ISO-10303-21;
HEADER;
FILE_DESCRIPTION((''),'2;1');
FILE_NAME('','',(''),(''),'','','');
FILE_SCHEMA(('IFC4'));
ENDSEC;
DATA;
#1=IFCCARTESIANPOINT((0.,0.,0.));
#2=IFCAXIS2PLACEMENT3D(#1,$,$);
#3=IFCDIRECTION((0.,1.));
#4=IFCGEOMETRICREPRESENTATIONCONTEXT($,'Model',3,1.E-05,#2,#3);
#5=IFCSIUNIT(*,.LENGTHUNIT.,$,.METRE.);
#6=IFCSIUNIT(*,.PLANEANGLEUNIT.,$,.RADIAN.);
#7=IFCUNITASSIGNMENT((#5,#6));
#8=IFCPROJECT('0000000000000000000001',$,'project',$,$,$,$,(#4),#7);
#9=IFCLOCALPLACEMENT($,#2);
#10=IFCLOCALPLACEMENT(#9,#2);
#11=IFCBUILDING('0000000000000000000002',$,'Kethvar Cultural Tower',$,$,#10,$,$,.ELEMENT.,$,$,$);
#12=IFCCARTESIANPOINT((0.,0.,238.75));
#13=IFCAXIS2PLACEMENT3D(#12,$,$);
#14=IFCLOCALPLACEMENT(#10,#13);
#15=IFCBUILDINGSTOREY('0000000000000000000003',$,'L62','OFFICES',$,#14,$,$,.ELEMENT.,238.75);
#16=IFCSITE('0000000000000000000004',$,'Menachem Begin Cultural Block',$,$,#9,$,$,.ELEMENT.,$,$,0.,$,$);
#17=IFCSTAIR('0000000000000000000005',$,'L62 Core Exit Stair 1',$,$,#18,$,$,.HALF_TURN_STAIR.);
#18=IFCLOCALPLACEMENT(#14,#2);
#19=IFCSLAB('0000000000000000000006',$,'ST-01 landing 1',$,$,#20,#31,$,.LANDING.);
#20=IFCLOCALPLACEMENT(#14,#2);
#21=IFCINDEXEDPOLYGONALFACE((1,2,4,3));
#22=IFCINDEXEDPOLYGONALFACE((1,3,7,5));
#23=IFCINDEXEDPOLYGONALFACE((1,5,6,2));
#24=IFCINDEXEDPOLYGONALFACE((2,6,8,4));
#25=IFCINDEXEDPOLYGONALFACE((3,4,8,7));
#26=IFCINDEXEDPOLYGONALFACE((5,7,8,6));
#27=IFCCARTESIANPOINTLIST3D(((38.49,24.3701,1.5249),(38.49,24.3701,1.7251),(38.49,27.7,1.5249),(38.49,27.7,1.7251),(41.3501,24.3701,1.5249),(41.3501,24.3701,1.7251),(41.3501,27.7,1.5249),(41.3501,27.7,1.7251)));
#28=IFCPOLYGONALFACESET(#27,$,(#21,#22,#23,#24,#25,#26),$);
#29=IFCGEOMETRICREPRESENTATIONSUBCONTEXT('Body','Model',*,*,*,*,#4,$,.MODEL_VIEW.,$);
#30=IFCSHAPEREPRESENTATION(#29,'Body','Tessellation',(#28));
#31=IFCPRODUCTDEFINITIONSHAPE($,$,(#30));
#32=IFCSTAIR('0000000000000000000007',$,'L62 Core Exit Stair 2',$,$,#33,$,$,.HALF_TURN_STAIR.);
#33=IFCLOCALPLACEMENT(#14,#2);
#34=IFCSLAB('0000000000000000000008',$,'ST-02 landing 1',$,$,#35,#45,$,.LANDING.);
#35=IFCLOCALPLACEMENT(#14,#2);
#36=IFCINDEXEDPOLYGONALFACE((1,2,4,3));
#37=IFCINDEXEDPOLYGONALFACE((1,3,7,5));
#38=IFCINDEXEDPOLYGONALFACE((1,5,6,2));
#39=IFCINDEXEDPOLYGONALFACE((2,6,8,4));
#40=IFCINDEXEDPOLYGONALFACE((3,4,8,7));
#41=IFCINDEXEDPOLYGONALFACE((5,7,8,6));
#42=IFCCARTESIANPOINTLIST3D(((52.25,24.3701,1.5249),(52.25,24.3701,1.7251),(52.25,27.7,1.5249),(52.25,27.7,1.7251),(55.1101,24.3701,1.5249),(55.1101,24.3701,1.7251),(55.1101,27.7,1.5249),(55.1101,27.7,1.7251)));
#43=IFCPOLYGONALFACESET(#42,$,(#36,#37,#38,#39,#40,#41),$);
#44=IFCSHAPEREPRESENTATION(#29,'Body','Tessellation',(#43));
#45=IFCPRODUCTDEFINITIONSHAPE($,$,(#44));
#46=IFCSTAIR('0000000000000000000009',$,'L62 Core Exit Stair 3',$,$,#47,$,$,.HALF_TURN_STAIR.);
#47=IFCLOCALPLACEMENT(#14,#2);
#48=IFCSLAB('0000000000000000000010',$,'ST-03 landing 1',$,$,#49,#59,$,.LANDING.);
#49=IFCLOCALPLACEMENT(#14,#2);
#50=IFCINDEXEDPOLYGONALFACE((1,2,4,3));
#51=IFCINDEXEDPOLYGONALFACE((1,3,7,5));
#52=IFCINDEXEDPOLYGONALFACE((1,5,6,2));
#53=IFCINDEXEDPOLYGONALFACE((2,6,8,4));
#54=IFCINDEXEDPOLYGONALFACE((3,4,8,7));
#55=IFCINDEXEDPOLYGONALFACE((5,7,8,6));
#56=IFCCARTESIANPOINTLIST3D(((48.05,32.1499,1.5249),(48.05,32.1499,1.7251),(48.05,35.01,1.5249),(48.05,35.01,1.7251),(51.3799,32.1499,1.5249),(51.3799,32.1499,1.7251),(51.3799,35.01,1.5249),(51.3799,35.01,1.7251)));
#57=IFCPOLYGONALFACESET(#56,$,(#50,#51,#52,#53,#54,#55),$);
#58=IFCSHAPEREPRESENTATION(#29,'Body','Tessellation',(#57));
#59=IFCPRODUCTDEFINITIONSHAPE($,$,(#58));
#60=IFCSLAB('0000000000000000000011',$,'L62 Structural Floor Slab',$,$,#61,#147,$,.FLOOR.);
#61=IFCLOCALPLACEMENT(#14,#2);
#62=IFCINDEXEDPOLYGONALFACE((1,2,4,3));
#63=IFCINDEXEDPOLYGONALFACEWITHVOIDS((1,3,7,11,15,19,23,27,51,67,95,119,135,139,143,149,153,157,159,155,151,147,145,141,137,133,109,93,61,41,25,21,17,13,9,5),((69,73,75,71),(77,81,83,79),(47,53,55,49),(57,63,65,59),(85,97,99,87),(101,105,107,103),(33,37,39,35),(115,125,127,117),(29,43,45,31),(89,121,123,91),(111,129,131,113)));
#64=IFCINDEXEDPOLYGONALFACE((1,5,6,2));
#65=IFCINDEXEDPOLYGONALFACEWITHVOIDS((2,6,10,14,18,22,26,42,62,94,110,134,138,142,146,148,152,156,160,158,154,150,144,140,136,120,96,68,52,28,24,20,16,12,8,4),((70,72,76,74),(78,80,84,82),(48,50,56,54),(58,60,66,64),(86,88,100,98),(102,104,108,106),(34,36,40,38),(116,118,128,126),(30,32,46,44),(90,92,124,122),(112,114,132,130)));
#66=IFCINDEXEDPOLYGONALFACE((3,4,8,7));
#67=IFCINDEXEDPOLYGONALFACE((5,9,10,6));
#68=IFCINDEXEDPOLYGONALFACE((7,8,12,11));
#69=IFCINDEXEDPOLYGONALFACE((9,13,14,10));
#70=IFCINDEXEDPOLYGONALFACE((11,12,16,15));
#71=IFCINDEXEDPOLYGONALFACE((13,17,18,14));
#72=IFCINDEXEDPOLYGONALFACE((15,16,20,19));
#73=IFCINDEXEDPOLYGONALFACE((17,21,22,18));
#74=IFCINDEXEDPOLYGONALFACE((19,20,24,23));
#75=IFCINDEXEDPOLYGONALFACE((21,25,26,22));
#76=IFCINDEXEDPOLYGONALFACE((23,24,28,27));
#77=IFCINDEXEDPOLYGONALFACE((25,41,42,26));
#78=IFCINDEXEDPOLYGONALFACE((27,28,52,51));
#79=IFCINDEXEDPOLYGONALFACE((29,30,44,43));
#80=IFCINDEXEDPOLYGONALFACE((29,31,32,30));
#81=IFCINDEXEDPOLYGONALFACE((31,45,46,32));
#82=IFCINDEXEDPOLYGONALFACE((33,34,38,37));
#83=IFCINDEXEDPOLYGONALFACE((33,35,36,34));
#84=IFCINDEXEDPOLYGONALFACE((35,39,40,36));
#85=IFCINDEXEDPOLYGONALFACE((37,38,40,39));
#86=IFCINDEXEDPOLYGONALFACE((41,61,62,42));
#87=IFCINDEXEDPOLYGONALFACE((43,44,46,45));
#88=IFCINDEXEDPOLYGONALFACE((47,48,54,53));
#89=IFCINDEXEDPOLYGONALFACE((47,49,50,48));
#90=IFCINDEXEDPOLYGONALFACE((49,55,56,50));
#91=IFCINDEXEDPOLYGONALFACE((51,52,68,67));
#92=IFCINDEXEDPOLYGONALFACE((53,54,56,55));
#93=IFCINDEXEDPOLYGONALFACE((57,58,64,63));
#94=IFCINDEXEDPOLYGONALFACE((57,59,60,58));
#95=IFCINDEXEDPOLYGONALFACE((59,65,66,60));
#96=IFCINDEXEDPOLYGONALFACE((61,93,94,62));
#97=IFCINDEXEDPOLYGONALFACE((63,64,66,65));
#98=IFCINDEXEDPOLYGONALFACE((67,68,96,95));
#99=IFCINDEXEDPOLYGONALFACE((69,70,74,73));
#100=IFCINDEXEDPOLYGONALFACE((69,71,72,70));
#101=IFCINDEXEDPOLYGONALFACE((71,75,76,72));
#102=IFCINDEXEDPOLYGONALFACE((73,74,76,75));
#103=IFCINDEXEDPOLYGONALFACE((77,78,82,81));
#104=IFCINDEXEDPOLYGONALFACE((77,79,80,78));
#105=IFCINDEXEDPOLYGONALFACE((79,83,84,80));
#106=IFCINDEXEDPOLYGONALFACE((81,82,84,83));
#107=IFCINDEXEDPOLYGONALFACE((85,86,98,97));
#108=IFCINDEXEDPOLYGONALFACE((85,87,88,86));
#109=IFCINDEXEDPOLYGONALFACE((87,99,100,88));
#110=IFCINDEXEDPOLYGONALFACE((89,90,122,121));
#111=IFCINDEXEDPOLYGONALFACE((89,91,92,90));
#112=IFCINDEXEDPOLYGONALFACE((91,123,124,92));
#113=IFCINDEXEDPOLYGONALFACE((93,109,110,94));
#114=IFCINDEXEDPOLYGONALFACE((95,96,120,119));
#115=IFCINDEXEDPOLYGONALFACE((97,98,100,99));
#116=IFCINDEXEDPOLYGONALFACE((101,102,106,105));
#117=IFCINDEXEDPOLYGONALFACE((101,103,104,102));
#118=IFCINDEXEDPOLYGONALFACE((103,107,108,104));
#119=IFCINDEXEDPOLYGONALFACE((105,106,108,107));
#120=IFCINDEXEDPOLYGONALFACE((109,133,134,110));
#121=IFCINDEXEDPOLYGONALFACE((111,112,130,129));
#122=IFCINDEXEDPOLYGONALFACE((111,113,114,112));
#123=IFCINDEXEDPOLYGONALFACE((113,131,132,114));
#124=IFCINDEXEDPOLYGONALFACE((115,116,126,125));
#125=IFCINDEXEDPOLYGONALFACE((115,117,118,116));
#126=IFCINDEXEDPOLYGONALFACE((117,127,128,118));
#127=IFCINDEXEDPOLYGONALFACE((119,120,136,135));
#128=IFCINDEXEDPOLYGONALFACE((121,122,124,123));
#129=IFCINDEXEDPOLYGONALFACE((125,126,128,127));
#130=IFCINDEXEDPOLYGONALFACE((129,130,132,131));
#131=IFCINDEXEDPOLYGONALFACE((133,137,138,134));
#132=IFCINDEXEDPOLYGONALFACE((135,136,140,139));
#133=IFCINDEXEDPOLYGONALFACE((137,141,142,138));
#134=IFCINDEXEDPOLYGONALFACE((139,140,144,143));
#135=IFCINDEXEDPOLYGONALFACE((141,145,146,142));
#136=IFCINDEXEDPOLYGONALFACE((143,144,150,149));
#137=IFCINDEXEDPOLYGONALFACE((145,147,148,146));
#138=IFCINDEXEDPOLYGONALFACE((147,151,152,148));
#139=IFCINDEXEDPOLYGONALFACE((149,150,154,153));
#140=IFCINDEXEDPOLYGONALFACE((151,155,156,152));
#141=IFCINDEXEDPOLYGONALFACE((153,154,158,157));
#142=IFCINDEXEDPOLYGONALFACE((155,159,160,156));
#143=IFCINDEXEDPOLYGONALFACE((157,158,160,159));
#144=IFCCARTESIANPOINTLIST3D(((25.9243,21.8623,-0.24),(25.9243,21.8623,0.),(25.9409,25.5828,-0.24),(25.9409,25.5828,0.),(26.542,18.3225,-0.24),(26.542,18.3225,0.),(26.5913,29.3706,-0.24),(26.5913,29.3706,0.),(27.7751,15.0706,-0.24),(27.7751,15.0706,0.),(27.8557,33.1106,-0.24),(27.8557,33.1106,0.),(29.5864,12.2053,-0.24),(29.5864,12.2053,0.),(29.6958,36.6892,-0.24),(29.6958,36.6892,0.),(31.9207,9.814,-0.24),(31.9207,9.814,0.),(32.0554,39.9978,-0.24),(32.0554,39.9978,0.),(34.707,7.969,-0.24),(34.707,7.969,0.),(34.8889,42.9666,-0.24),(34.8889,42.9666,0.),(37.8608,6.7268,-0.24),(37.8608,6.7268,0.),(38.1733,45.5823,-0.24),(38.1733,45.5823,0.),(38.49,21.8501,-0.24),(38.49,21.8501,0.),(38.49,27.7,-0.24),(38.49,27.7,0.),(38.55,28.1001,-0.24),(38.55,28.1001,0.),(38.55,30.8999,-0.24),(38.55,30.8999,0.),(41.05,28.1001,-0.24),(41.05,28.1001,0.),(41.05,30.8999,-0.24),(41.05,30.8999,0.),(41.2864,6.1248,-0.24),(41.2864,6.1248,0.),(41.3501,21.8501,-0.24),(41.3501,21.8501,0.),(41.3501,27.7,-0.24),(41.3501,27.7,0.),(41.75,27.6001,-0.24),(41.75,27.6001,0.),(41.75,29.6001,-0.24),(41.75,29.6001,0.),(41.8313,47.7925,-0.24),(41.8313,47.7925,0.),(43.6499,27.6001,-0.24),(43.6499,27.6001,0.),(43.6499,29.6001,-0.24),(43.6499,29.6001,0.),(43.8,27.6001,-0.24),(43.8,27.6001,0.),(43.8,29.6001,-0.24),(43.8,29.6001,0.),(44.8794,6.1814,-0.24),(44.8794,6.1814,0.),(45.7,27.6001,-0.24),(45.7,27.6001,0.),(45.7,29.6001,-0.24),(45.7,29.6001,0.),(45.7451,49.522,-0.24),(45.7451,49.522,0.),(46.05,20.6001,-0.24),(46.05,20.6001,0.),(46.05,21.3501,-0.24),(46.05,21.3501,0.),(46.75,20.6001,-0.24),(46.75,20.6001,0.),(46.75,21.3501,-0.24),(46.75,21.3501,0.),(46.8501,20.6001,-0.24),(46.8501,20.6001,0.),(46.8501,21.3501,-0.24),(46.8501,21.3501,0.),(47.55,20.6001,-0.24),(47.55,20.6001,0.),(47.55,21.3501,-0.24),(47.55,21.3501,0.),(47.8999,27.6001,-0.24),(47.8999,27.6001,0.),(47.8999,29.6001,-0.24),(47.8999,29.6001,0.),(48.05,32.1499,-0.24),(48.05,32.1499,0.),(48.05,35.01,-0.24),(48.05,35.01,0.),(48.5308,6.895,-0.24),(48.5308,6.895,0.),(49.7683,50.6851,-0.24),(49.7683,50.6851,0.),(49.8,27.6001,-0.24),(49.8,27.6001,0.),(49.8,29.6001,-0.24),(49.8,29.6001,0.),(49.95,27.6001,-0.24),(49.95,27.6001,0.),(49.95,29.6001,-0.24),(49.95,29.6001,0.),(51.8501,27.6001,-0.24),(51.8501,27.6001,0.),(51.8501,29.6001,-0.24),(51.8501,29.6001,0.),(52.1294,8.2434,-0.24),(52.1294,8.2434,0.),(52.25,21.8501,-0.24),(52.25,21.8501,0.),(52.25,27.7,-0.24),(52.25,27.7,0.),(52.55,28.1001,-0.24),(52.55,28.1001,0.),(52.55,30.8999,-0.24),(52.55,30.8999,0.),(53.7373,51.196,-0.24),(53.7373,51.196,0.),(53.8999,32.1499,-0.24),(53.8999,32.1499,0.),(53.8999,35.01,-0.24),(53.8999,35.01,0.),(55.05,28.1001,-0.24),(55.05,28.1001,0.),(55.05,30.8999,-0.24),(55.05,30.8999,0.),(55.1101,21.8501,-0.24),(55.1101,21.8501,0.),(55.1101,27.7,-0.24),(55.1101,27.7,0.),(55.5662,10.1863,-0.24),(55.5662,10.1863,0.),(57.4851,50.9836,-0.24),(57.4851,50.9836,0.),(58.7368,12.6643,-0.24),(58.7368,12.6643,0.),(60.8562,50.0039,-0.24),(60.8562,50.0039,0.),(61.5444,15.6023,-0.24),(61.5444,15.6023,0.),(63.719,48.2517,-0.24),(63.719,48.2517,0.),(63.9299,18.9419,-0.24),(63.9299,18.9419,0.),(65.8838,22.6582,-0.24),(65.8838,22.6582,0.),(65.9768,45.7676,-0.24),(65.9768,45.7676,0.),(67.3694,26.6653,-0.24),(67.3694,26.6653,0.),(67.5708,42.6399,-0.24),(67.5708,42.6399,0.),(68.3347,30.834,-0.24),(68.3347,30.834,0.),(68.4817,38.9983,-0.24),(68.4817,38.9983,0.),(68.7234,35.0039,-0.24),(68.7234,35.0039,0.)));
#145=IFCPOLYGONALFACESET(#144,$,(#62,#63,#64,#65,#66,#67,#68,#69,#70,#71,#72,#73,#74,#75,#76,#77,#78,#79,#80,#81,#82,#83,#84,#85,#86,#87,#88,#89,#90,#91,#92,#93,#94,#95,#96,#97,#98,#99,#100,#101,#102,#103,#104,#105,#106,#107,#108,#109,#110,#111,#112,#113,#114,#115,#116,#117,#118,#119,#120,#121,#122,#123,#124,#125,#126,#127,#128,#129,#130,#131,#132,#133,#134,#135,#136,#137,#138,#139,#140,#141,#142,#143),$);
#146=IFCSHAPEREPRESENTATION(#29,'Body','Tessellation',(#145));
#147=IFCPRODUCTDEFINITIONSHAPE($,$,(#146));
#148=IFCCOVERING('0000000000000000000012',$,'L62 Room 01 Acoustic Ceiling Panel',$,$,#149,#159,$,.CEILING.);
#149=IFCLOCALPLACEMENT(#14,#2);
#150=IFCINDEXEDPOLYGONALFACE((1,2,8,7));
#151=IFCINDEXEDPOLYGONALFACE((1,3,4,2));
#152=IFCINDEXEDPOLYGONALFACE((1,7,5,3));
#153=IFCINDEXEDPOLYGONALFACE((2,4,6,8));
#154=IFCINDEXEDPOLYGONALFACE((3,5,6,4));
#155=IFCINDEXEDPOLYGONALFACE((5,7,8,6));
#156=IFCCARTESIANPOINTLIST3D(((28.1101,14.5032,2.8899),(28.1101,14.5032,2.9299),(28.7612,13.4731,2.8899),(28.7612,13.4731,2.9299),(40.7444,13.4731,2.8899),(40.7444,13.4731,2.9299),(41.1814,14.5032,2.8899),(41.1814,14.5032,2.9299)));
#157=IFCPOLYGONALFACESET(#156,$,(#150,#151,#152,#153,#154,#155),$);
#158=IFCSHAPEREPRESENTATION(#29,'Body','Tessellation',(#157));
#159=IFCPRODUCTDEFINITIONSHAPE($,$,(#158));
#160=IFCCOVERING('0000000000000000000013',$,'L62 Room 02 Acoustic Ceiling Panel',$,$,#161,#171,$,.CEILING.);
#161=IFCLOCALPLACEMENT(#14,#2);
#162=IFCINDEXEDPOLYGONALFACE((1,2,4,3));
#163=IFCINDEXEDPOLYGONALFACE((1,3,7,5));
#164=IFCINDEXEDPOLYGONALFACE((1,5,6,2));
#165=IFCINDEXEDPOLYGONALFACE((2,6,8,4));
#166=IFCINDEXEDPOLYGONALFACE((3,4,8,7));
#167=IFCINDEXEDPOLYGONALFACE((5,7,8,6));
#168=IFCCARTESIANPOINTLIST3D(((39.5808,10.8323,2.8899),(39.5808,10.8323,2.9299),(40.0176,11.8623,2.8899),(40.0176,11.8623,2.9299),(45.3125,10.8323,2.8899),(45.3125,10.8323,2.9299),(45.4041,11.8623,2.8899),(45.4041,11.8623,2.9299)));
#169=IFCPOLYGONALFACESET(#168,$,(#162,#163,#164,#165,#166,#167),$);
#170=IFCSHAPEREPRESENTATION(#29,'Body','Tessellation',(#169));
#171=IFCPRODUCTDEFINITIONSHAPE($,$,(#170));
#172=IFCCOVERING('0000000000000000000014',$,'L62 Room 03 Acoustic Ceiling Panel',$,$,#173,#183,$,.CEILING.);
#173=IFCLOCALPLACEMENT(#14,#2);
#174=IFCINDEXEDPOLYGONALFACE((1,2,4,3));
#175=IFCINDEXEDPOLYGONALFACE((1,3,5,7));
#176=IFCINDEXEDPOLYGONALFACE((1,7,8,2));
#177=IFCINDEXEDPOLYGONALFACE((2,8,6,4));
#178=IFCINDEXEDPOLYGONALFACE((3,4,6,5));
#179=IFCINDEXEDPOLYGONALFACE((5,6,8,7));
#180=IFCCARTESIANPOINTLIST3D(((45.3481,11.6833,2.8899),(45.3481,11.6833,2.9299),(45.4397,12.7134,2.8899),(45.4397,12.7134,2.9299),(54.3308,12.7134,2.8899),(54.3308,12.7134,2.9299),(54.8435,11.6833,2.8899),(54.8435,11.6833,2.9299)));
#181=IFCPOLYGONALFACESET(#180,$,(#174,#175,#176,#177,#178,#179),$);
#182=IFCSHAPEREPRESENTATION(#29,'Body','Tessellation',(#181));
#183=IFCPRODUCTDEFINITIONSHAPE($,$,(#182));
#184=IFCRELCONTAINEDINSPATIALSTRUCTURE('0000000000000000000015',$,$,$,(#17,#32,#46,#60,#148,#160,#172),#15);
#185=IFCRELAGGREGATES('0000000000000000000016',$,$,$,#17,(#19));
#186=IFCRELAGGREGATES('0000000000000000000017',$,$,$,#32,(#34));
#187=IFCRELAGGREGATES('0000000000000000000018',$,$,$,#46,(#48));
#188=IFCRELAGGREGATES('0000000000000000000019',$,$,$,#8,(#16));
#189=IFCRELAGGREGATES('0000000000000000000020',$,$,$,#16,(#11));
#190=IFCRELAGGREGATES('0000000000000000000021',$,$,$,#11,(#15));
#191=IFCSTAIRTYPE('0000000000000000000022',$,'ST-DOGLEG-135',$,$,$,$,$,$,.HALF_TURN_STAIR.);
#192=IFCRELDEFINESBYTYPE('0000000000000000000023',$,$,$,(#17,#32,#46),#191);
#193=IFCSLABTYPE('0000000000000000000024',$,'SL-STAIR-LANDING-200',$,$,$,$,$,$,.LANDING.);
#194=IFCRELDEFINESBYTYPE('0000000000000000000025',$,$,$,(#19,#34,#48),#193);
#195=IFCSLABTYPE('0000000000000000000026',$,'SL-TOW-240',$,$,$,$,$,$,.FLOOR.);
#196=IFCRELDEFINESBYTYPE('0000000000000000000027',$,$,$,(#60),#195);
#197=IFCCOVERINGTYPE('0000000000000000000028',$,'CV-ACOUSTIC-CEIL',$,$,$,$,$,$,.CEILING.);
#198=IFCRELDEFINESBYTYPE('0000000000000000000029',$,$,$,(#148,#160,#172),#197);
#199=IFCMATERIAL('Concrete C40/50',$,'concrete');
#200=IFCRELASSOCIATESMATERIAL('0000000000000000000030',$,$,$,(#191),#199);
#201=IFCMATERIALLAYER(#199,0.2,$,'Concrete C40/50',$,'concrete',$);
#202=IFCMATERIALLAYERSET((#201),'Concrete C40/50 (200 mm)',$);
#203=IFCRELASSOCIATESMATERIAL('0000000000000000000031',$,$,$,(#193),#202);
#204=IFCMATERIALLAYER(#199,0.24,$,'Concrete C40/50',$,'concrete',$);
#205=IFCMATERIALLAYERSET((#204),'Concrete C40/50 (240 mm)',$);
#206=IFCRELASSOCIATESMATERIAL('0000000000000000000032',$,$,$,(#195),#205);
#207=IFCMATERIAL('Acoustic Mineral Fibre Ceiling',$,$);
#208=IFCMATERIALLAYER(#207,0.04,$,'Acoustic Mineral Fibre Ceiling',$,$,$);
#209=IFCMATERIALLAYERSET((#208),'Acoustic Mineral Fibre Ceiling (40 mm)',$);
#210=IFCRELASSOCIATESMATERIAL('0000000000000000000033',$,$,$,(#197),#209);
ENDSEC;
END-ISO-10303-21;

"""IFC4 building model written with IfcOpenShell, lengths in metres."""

from ifc_helpers import new_model, si_unit, direction, frame, origin, place, context, subcontext, project, spatial, polyline, outline, extrude, material, layer, layer_set, type_object, element, aggregate, save


model = new_model("IFC4")

# Units and contexts
model_context = context("Model", 3, precision=1e-05, world=origin(), true_north=direction((0.0, 1.0)))
body_context = subcontext(model_context, "Body", "Model", "MODEL_VIEW")
ifc_project = project(units=[si_unit("LENGTHUNIT", "METRE"), si_unit("PLANEANGLEUNIT", "RADIAN")], contexts=[model_context])

# Site, building, storey
site_placement = place(None, origin())
site = spatial("IfcSite", under=ifc_project, at=site_placement, Name="Menachem Begin Cultural Block", CompositionType="ELEMENT", RefElevation=0.0)
building_placement = place(site_placement, origin())
building = spatial("IfcBuilding", under=site, at=building_placement, Name="Kethvar Cultural Tower", CompositionType="ELEMENT")
storey_placement = place(building_placement, frame((0.0, 0.0, 238.75)))
storey = spatial("IfcBuildingStorey", under=building, at=storey_placement, Name="L62", Description="OFFICES", CompositionType="ELEMENT", Elevation=238.75)

# Stairs, slabs
ifc_material_1 = material(Name="Concrete C40/50", Category="concrete")
stair_type = type_object("IfcStairType", Name="ST-DOGLEG-135", PredefinedType="HALF_TURN_STAIR", material=ifc_material_1)
stair_1_placement = place(storey_placement, origin())
stair_1 = element("IfcStair", 1, at=stair_1_placement, inside=storey, type_object=stair_type, Name="L62 Core Exit Stair 1", PredefinedType="HALF_TURN_STAIR")
ifc_layer_1 = layer(ifc_material_1, 0.2, Name="Concrete C40/50", Category="concrete")
ifc_layer_set_1 = layer_set([ifc_layer_1], Name="Concrete C40/50 (200 mm)")
slab_type_1 = type_object("IfcSlabType", Name="SL-STAIR-LANDING-200", PredefinedType="LANDING", material=ifc_layer_set_1)
slab_1_placement = place(storey_placement, frame((0.0, 0.0, 1.5249)))
slab_1 = element("IfcSlab", 2, at=slab_1_placement, type_object=slab_type_1, Name="ST-01 landing 1", PredefinedType="LANDING", context=body_context, shape_type="SweptSolid", body=[
    extrude(outline(polyline([(41.3501, 24.3701), (41.3501, 27.7), (38.49, 27.7), (38.49, 24.3701), (41.3501, 24.3701)])), origin(), (0.0, 0.0, 1.0), 0.2002),
])
aggregate(stair_1, [slab_1])
stair_2_placement = place(storey_placement, origin())
stair_2 = element("IfcStair", 3, at=stair_2_placement, inside=storey, type_object=stair_type, Name="L62 Core Exit Stair 2", PredefinedType="HALF_TURN_STAIR")
slab_2_placement = place(storey_placement, frame((0.0, 0.0, 1.5249)))
slab_2 = element("IfcSlab", 4, at=slab_2_placement, type_object=slab_type_1, Name="ST-02 landing 1", PredefinedType="LANDING", context=body_context, shape_type="SweptSolid", body=[
    extrude(outline(polyline([(55.1101, 24.3701), (55.1101, 27.7), (52.25, 27.7), (52.25, 24.3701), (55.1101, 24.3701)])), origin(), (0.0, 0.0, 1.0), 0.2002),
])
aggregate(stair_2, [slab_2])
stair_3_placement = place(storey_placement, origin())
stair_3 = element("IfcStair", 5, at=stair_3_placement, inside=storey, type_object=stair_type, Name="L62 Core Exit Stair 3", PredefinedType="HALF_TURN_STAIR")
slab_3_placement = place(storey_placement, frame((0.0, 0.0, 1.5249)))
slab_3 = element("IfcSlab", 6, at=slab_3_placement, type_object=slab_type_1, Name="ST-03 landing 1", PredefinedType="LANDING", context=body_context, shape_type="SweptSolid", body=[
    extrude(outline(polyline([(51.3799, 35.01), (48.05, 35.01), (48.05, 32.1499), (51.3799, 32.1499), (51.3799, 35.01)])), origin(), (0.0, 0.0, 1.0), 0.2002),
])
aggregate(stair_3, [slab_3])

# Slab
ifc_layer_2 = layer(ifc_material_1, 0.24, Name="Concrete C40/50", Category="concrete")
ifc_layer_set_2 = layer_set([ifc_layer_2], Name="Concrete C40/50 (240 mm)")
slab_type_2 = type_object("IfcSlabType", Name="SL-TOW-240", PredefinedType="FLOOR", material=ifc_layer_set_2)
slab_4_placement = place(storey_placement, frame((0.0, 0.0, -0.24)))
element("IfcSlab", 7, at=slab_4_placement, inside=storey, type_object=slab_type_2, Name="L62 Structural Floor Slab", PredefinedType="FLOOR", context=body_context, shape_type="SweptSolid", body=[
    extrude(outline(polyline([(63.719, 48.2517), (60.8562, 50.0039), (57.4851, 50.9836), (53.7373, 51.196), (49.7683, 50.6851), (45.7451, 49.522), (41.8313, 47.7925), (38.1733, 45.5823), (34.8889, 42.9666), (32.0554, 39.9978), (29.6958, 36.6892), (27.8557, 33.1106), (26.5913, 29.3706), (25.9409, 25.5828), (25.9243, 21.8623), (26.542, 18.3225), (27.7751, 15.0706), (29.5864, 12.2053), (31.9207, 9.814), (34.707, 7.969), (37.8608, 6.7268), (41.2864, 6.1248), (44.8794, 6.1814), (48.5308, 6.895), (52.1294, 8.2434), (55.5662, 10.1863), (58.7368, 12.6643), (61.5444, 15.6023), (63.9299, 18.9419), (65.8838, 22.6582), (67.3694, 26.6653), (68.3347, 30.834), (68.7234, 35.0039), (68.4817, 38.9983), (67.5708, 42.6399), (65.9768, 45.7676), (63.719, 48.2517)]), holes=[polyline([(38.49, 21.8501), (38.49, 27.7), (41.3501, 27.7), (41.3501, 21.8501), (38.49, 21.8501)]), polyline([(52.25, 21.8501), (52.25, 27.7), (55.1101, 27.7), (55.1101, 21.8501), (52.25, 21.8501)]), polyline([(53.8999, 32.1499), (48.05, 32.1499), (48.05, 35.01), (53.8999, 35.01), (53.8999, 32.1499)]), polyline([(41.75, 29.6001), (43.6499, 29.6001), (43.6499, 27.6001), (41.75, 27.6001), (41.75, 29.6001)]), polyline([(43.8, 29.6001), (45.7, 29.6001), (45.7, 27.6001), (43.8, 27.6001), (43.8, 29.6001)]), polyline([(47.8999, 29.6001), (49.8, 29.6001), (49.8, 27.6001), (47.8999, 27.6001), (47.8999, 29.6001)]), polyline([(49.95, 29.6001), (51.8501, 29.6001), (51.8501, 27.6001), (49.95, 27.6001), (49.95, 29.6001)]), polyline([(38.55, 30.8999), (41.05, 30.8999), (41.05, 28.1001), (38.55, 28.1001), (38.55, 30.8999)]), polyline([(52.55, 30.8999), (55.05, 30.8999), (55.05, 28.1001), (52.55, 28.1001), (52.55, 30.8999)]), polyline([(46.05, 21.3501), (46.75, 21.3501), (46.75, 20.6001), (46.05, 20.6001), (46.05, 21.3501)]), polyline([(46.8501, 21.3501), (47.55, 21.3501), (47.55, 20.6001), (46.8501, 20.6001), (46.8501, 21.3501)])]), origin(), (0.0, 0.0, 1.0), 0.24),
])

# Coverings
ifc_material_2 = material(Name="Acoustic Mineral Fibre Ceiling")
ifc_layer_3 = layer(ifc_material_2, 0.04, Name="Acoustic Mineral Fibre Ceiling")
ifc_layer_set_3 = layer_set([ifc_layer_3], Name="Acoustic Mineral Fibre Ceiling (40 mm)")
covering_type_1 = type_object("IfcCoveringType", Name="CV-ACOUSTIC-CEIL", PredefinedType="CEILING", material=ifc_layer_set_3)
covering_1_placement = place(storey_placement, frame((0.0, 0.0, 2.8899)))
element("IfcCovering", 8, at=covering_1_placement, inside=storey, type_object=covering_type_1, Name="L62 Room 01 Acoustic Ceiling Panel", PredefinedType="CEILING", context=body_context, shape_type="SweptSolid", body=[
    extrude(outline(polyline([(28.1101, 14.5032), (41.1814, 14.5032), (40.7444, 13.4731), (28.7612, 13.4731), (28.1101, 14.5032)])), origin(), (0.0, 0.0, 1.0), 0.04),
])
covering_2_placement = place(storey_placement, frame((0.0, 0.0, 2.8899)))
element("IfcCovering", 9, at=covering_2_placement, inside=storey, type_object=covering_type_1, Name="L62 Room 02 Acoustic Ceiling Panel", PredefinedType="CEILING", context=body_context, shape_type="SweptSolid", body=[
    extrude(outline(polyline([(40.0176, 11.8623), (45.4041, 11.8623), (45.3125, 10.8323), (39.5808, 10.8323), (40.0176, 11.8623)])), origin(), (0.0, 0.0, 1.0), 0.04),
])
covering_3_placement = place(storey_placement, frame((0.0, 0.0, 2.8899)))
element("IfcCovering", 10, at=covering_3_placement, inside=storey, type_object=covering_type_1, Name="L62 Room 03 Acoustic Ceiling Panel", PredefinedType="CEILING", context=body_context, shape_type="SweptSolid", body=[
    extrude(outline(polyline([(45.4397, 12.7134), (54.3308, 12.7134), (54.8435, 11.6833), (45.3481, 11.6833), (45.4397, 12.7134)])), origin(), (0.0, 0.0, 1.0), 0.04),
])

save(model, "model.ifc")
